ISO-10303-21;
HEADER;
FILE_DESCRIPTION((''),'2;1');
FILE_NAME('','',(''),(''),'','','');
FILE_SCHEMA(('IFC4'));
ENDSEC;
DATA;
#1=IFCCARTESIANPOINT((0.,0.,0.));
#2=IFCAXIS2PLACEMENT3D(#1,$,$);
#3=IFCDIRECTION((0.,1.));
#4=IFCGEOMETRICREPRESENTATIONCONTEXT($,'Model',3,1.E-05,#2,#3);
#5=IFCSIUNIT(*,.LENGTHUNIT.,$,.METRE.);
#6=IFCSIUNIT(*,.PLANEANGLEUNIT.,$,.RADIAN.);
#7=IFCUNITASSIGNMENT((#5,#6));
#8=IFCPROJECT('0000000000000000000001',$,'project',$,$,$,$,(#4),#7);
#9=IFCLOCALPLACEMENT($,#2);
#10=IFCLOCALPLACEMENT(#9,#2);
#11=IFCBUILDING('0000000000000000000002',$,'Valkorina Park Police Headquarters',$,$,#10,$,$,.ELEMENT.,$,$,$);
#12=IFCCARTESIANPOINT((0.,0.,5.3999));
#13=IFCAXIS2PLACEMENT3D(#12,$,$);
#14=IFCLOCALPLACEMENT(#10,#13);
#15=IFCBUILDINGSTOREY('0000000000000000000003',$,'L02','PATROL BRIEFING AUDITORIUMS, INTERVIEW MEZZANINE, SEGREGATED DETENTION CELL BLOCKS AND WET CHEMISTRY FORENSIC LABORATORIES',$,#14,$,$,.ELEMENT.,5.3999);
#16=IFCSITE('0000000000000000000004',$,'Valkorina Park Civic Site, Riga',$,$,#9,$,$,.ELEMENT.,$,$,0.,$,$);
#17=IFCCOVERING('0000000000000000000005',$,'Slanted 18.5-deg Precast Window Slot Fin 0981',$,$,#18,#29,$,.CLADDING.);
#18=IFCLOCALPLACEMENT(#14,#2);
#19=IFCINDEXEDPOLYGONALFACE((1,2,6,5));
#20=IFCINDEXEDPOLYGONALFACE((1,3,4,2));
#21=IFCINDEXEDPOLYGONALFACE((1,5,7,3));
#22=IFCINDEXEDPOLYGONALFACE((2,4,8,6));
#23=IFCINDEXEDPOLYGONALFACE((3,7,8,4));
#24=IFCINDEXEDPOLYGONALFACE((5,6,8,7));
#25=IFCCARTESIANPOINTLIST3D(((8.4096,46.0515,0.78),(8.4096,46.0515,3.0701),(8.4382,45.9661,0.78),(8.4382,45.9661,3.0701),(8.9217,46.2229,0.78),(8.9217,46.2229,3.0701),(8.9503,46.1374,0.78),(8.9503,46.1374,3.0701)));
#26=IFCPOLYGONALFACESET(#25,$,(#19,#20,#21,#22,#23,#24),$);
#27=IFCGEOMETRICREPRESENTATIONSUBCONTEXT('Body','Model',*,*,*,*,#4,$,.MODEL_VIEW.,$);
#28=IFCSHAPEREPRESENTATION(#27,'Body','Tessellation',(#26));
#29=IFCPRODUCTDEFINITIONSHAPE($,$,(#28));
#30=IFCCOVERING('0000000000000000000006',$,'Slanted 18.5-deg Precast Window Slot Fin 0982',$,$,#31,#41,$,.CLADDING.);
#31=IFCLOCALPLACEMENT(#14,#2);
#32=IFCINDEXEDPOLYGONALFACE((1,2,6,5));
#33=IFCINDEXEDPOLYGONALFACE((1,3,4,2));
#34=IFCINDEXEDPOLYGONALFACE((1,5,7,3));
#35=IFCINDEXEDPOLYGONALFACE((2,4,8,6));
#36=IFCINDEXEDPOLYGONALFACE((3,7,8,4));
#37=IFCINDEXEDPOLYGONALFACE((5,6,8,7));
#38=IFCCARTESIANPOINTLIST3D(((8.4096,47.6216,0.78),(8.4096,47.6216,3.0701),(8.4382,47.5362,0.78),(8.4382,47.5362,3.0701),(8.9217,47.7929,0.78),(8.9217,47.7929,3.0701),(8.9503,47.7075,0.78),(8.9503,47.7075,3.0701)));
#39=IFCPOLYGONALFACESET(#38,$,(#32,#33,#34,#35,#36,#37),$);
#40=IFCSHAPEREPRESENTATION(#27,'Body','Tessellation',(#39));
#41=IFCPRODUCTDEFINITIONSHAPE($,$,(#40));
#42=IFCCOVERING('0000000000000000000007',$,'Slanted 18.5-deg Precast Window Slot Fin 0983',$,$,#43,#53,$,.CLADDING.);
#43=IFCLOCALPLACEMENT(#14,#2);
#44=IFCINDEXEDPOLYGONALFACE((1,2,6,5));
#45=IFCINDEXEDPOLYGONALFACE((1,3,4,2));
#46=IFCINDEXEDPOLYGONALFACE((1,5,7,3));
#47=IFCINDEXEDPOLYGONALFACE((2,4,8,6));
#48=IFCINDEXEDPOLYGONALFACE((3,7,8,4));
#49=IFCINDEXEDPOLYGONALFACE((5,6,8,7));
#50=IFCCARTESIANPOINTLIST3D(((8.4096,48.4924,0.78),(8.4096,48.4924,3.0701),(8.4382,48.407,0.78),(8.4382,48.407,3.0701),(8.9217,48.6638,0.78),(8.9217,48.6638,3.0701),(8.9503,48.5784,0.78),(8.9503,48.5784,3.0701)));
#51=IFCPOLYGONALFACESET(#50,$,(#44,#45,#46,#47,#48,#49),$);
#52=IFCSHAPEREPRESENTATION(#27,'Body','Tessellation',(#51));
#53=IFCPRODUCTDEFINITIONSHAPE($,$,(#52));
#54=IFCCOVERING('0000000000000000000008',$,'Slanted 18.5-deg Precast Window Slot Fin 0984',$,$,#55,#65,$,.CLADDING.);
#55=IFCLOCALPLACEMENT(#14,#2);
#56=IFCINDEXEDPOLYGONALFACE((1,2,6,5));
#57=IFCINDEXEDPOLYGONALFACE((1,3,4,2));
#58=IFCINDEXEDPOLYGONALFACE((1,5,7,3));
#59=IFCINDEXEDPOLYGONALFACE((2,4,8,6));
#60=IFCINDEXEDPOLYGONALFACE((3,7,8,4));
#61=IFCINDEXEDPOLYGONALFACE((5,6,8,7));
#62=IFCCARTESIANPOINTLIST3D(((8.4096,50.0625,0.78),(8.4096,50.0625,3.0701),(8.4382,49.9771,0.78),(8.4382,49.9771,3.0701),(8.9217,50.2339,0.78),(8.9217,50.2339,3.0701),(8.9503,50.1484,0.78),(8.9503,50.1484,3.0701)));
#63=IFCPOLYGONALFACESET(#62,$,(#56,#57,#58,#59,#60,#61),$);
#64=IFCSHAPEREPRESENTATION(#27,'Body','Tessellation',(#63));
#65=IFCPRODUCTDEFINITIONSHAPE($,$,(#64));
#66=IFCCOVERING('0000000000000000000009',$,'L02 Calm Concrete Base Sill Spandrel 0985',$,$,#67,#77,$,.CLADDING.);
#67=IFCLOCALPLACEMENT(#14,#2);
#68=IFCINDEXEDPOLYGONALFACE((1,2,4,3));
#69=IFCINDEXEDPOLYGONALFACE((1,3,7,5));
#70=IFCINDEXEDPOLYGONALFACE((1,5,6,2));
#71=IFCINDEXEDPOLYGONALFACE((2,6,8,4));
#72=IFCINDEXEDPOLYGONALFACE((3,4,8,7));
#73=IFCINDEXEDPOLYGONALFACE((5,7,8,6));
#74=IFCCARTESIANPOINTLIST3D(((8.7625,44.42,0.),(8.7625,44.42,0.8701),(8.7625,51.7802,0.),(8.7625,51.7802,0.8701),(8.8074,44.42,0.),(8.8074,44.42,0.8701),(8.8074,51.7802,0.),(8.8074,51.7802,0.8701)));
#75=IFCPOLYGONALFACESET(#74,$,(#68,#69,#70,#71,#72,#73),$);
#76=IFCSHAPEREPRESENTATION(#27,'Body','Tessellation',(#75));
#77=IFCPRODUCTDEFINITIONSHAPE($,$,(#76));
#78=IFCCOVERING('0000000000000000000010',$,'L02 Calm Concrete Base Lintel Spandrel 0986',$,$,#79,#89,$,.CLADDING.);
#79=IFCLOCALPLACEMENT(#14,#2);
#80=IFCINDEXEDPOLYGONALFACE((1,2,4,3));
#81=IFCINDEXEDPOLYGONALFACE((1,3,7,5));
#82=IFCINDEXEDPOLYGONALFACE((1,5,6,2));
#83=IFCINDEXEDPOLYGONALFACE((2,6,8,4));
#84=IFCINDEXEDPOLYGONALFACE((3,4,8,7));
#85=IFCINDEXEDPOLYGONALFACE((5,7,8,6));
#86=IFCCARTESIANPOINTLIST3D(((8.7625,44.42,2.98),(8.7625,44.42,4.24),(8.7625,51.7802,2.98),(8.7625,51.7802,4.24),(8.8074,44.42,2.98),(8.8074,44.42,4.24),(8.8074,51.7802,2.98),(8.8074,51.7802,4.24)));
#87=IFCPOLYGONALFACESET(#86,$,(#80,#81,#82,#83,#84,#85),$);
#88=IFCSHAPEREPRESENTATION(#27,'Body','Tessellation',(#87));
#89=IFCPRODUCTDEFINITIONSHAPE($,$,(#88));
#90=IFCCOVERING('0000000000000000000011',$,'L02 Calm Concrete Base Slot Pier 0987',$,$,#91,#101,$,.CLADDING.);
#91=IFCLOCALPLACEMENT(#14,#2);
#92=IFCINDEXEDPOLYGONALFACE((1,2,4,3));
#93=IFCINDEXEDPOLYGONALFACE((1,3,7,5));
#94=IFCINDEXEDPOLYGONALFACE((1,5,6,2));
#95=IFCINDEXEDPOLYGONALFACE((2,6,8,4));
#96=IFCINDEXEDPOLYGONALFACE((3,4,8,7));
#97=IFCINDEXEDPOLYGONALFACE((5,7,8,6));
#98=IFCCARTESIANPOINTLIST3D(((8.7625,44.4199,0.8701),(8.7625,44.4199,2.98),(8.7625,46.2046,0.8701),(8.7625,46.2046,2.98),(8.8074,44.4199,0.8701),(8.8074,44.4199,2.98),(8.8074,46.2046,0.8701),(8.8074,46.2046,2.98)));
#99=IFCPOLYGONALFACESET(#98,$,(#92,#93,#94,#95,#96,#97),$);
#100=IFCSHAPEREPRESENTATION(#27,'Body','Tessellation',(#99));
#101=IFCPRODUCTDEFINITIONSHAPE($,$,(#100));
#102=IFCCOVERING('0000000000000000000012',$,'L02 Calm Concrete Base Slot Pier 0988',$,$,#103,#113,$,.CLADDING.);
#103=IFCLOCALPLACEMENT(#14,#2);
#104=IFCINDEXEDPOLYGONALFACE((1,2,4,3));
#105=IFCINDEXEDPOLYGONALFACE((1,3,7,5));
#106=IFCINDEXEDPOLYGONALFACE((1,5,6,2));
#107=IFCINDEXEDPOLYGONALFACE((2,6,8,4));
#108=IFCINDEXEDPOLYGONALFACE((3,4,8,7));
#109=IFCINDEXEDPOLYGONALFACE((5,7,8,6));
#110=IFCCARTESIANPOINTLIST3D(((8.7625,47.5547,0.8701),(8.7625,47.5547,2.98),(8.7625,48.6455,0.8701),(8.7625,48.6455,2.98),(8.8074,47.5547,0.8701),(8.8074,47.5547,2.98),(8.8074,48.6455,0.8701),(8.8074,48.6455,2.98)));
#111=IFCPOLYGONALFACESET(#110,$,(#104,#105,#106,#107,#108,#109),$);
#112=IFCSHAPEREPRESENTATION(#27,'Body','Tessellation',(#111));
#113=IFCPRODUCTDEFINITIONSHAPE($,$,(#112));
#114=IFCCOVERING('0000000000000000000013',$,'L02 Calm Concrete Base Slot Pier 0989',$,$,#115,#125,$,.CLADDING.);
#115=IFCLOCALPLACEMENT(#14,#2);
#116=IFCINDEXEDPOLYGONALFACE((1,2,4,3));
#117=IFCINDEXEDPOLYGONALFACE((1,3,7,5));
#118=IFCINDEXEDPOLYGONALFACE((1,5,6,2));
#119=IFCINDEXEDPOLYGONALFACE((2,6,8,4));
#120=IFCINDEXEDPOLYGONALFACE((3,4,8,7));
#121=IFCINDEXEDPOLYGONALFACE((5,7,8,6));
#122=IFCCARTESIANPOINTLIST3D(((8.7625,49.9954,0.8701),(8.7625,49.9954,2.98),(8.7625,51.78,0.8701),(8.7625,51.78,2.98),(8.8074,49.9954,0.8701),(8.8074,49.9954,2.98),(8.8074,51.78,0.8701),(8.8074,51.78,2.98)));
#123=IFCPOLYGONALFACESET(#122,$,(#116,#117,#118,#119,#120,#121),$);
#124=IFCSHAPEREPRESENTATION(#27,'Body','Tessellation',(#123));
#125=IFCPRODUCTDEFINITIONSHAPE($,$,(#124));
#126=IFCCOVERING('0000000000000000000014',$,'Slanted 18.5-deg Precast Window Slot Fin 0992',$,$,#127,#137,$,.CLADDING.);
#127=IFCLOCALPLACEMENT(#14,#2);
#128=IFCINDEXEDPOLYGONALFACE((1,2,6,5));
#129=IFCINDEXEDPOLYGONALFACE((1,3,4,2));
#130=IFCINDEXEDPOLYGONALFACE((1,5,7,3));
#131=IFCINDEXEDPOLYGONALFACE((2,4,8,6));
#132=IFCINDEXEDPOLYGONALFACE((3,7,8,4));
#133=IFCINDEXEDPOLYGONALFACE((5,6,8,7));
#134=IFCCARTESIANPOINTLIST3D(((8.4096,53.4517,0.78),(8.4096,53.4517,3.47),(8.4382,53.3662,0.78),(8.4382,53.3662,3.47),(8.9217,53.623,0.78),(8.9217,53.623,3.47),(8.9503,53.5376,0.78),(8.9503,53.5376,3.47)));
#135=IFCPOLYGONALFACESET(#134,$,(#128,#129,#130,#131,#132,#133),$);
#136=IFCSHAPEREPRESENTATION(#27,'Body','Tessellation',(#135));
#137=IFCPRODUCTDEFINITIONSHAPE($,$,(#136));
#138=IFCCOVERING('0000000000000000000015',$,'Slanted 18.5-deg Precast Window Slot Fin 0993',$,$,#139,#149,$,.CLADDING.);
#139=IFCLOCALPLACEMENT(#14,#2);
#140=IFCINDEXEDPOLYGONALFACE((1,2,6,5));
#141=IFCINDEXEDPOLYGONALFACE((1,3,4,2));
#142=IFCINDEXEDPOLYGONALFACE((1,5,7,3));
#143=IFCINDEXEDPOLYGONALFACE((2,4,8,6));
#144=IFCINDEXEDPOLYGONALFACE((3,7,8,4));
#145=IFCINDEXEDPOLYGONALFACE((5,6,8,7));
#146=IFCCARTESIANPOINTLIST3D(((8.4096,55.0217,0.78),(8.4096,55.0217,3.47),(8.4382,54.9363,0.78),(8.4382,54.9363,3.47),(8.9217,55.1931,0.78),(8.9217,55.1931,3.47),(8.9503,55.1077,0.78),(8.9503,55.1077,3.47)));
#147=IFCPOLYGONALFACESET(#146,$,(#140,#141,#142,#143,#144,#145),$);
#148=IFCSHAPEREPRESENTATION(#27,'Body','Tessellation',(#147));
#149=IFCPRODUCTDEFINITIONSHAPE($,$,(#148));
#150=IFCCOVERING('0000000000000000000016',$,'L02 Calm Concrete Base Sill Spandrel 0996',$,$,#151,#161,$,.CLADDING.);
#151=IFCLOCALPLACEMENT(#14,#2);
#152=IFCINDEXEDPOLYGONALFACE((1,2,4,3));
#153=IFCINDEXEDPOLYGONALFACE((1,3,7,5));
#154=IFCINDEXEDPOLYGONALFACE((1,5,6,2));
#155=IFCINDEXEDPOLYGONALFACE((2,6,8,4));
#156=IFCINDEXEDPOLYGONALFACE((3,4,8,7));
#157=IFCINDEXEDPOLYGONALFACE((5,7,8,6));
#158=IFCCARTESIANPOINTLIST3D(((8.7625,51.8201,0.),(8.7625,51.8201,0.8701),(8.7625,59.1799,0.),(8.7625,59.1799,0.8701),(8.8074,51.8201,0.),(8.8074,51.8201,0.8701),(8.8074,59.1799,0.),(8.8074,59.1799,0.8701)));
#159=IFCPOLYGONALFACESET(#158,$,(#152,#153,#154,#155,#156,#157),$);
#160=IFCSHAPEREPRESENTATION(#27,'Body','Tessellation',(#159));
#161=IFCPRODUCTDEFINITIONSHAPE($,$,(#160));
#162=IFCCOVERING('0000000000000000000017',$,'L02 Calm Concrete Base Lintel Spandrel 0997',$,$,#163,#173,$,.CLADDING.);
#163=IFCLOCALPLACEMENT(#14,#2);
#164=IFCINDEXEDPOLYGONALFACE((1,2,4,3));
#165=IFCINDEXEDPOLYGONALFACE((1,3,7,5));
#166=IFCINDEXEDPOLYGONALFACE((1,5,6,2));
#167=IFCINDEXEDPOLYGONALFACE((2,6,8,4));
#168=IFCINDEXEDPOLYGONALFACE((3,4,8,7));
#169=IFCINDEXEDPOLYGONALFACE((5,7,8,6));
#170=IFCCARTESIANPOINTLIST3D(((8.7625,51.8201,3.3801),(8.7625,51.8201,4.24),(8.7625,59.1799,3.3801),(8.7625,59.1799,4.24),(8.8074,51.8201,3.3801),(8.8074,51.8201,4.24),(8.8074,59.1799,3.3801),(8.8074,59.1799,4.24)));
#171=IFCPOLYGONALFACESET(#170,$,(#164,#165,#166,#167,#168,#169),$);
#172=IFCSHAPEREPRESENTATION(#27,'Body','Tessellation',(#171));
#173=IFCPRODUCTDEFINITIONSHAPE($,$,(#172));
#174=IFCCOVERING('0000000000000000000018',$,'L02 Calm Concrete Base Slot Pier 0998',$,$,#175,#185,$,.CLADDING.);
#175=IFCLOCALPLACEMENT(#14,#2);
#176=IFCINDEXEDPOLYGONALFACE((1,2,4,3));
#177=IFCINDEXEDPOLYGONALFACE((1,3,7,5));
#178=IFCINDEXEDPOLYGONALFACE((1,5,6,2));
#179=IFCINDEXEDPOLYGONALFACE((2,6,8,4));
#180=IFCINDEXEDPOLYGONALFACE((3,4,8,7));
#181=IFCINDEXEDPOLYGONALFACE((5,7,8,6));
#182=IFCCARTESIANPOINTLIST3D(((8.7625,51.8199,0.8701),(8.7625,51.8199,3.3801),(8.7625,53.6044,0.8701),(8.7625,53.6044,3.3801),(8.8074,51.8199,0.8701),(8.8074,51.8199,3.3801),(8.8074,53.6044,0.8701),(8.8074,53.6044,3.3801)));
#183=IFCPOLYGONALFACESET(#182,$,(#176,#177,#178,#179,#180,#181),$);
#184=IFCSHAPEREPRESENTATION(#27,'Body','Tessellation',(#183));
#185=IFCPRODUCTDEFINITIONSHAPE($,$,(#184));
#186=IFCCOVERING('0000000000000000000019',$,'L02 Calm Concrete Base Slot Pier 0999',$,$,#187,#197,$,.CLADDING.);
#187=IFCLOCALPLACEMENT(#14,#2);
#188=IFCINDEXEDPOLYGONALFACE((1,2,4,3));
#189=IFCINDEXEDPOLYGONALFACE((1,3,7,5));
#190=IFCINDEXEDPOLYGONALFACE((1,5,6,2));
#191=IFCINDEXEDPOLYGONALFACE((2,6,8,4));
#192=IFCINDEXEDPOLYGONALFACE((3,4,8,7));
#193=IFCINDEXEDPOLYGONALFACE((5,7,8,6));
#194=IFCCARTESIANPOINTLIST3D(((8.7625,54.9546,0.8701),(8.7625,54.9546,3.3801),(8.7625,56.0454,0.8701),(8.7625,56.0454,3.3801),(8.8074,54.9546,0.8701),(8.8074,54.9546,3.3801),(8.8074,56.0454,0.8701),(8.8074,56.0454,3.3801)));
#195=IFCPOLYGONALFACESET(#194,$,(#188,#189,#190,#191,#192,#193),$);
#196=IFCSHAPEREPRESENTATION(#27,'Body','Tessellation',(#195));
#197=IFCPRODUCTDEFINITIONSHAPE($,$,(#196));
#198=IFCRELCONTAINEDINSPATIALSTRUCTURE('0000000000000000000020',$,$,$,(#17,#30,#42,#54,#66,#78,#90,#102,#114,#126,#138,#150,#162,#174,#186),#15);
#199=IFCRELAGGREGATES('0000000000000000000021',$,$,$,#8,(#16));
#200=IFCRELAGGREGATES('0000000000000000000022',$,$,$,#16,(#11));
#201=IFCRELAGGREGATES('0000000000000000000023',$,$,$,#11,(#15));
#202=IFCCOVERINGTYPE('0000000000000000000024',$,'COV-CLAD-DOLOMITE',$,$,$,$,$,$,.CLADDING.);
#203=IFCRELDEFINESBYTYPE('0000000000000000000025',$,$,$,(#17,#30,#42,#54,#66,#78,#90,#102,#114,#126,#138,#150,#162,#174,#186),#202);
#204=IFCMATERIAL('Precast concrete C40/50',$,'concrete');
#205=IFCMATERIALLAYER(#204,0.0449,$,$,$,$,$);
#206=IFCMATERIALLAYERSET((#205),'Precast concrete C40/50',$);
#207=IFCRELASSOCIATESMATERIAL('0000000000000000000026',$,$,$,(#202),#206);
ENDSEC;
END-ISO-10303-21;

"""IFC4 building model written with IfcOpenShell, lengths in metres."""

from ifc_helpers import new_model, si_unit, direction, frame, frame_2d, origin, origin_2d, place, context, subcontext, project, spatial, rectangle, extrude, material, layer, layer_set, type_object, element, save


model = new_model("IFC4")

# Units and contexts
model_context = context("Model", 3, precision=1e-05, world=origin(), true_north=direction((0.0, 1.0)))
body_context = subcontext(model_context, "Body", "Model", "MODEL_VIEW")
ifc_project = project(units=[si_unit("LENGTHUNIT", "METRE"), si_unit("PLANEANGLEUNIT", "RADIAN")], contexts=[model_context])

# Site, building, storey
site_placement = place(None, origin())
site = spatial("IfcSite", under=ifc_project, at=site_placement, Name="Valkorina Park Civic Site, Riga", CompositionType="ELEMENT", RefElevation=0.0)
building_placement = place(site_placement, origin())
building = spatial("IfcBuilding", under=site, at=building_placement, Name="Valkorina Park Police Headquarters", CompositionType="ELEMENT")
storey_placement = place(building_placement, frame((0.0, 0.0, 5.3999)))
storey = spatial("IfcBuildingStorey", under=building, at=storey_placement, Name="L02", Description="PATROL BRIEFING AUDITORIUMS, INTERVIEW MEZZANINE, SEGREGATED DETENTION CELL BLOCKS AND WET CHEMISTRY FORENSIC LABORATORIES", CompositionType="ELEMENT", Elevation=5.3999)

# Coverings
ifc_material_1 = material(Name="Precast concrete C40/50", Category="concrete")
ifc_layer = layer(ifc_material_1, 0.0449)
ifc_layer_set = layer_set([ifc_layer], Name="Precast concrete C40/50")
covering_type = type_object("IfcCoveringType", Name="COV-CLAD-DOLOMITE", PredefinedType="CLADDING", material=ifc_layer_set)
for number, where, z_axis, x_axis, name in (
    (1, (8.6799, 46.0945, 0.78), (0.0, 0.0, 1.0), (-0.948324, -0.317305, 0.0), "Slanted 18.5-deg Precast Window Slot Fin 0981"),
    (2, (8.6799, 47.6646, 0.78), (0.0, 0.0, 1.0), (-0.948324, -0.317305, 0.0), "Slanted 18.5-deg Precast Window Slot Fin 0982"),
    (3, (8.6799, 48.5354, 0.78), (0.0, 0.0, 1.0), (-0.948324, -0.317305, 0.0), "Slanted 18.5-deg Precast Window Slot Fin 0983"),
    (4, (8.6799, 50.1055, 0.78), (0.0, 0.0, 1.0), (-0.948324, -0.317305, 0.0), "Slanted 18.5-deg Precast Window Slot Fin 0984"),
):
    element("IfcCovering", number, at=place(storey_placement, frame(where, z_axis=z_axis, x_axis=x_axis)), inside=storey, type_object=covering_type, Name=name, PredefinedType="CLADDING", context=body_context, shape_type="SweptSolid", body=[
        extrude(rectangle(XDim=0.54, YDim=0.0901, at=origin_2d()), origin(), (0.0, 0.0, 1.0), 2.29),
    ])
covering_1_placement = place(storey_placement, frame((8.7849, 44.4199, 0.0), z_axis=(0.0, 0.0, 1.0), x_axis=(0.0, 1.0, 0.0)))
element("IfcCovering", 5, at=covering_1_placement, inside=storey, type_object=covering_type, Name="L02 Calm Concrete Base Sill Spandrel 0985", PredefinedType="CLADDING", context=body_context, shape_type="SweptSolid", body=[
    extrude(rectangle(XDim=7.3601, YDim=0.0449, at=frame_2d((3.6802, 0.0))), origin(), (0.0, 0.0, 1.0), 0.8701),
])
covering_2_placement = place(storey_placement, frame((8.7849, 44.4199, 2.98), z_axis=(0.0, 0.0, 1.0), x_axis=(0.0, 1.0, 0.0)))
element("IfcCovering", 6, at=covering_2_placement, inside=storey, type_object=covering_type, Name="L02 Calm Concrete Base Lintel Spandrel 0986", PredefinedType="CLADDING", context=body_context, shape_type="SweptSolid", body=[
    extrude(rectangle(XDim=7.3601, YDim=0.0449, at=frame_2d((3.6802, 0.0))), origin(), (0.0, 0.0, 1.0), 1.26),
])
covering_3_placement = place(storey_placement, frame((8.7849, 44.4199, 0.8701), z_axis=(0.0, 0.0, 1.0), x_axis=(0.0, 1.0, 0.0)))
element("IfcCovering", 7, at=covering_3_placement, inside=storey, type_object=covering_type, Name="L02 Calm Concrete Base Slot Pier 0987", PredefinedType="CLADDING", context=body_context, shape_type="SweptSolid", body=[
    extrude(rectangle(XDim=1.7847, YDim=0.0449, at=frame_2d((0.8923, 0.0))), origin(), (0.0, 0.0, 1.0), 2.1099),
])
covering_4_placement = place(storey_placement, frame((8.7849, 47.5547, 0.8701), z_axis=(0.0, 0.0, 1.0), x_axis=(0.0, 1.0, 0.0)))
element("IfcCovering", 8, at=covering_4_placement, inside=storey, type_object=covering_type, Name="L02 Calm Concrete Base Slot Pier 0988", PredefinedType="CLADDING", context=body_context, shape_type="SweptSolid", body=[
    extrude(rectangle(XDim=1.0908, YDim=0.0449, at=frame_2d((0.5454, 0.0))), origin(), (0.0, 0.0, 1.0), 2.1099),
])
covering_5_placement = place(storey_placement, frame((8.7849, 49.9954, 0.8701), z_axis=(0.0, 0.0, 1.0), x_axis=(0.0, 1.0, 0.0)))
element("IfcCovering", 9, at=covering_5_placement, inside=storey, type_object=covering_type, Name="L02 Calm Concrete Base Slot Pier 0989", PredefinedType="CLADDING", context=body_context, shape_type="SweptSolid", body=[
    extrude(rectangle(XDim=1.7847, YDim=0.0449, at=frame_2d((0.8923, 0.0))), origin(), (0.0, 0.0, 1.0), 2.1099),
])
for number, where, z_axis, x_axis, name in (
    (10, (8.6799, 53.4946, 0.78), (0.0, 0.0, 1.0), (-0.948324, -0.317305, 0.0), "Slanted 18.5-deg Precast Window Slot Fin 0992"),
    (11, (8.6799, 55.0647, 0.78), (0.0, 0.0, 1.0), (-0.948324, -0.317305, 0.0), "Slanted 18.5-deg Precast Window Slot Fin 0993"),
):
    element("IfcCovering", number, at=place(storey_placement, frame(where, z_axis=z_axis, x_axis=x_axis)), inside=storey, type_object=covering_type, Name=name, PredefinedType="CLADDING", context=body_context, shape_type="SweptSolid", body=[
        extrude(rectangle(XDim=0.54, YDim=0.0901, at=origin_2d()), origin(), (0.0, 0.0, 1.0), 2.6899),
    ])
covering_6_placement = place(storey_placement, frame((8.7849, 51.8201, 0.0), z_axis=(0.0, 0.0, 1.0), x_axis=(0.0, 1.0, 0.0)))
element("IfcCovering", 12, at=covering_6_placement, inside=storey, type_object=covering_type, Name="L02 Calm Concrete Base Sill Spandrel 0996", PredefinedType="CLADDING", context=body_context, shape_type="SweptSolid", body=[
    extrude(rectangle(XDim=7.3599, YDim=0.0449, at=frame_2d((3.6799, 0.0))), origin(), (0.0, 0.0, 1.0), 0.8701),
])
covering_7_placement = place(storey_placement, frame((8.7849, 51.8201, 3.3801), z_axis=(0.0, 0.0, 1.0), x_axis=(0.0, 1.0, 0.0)))
element("IfcCovering", 13, at=covering_7_placement, inside=storey, type_object=covering_type, Name="L02 Calm Concrete Base Lintel Spandrel 0997", PredefinedType="CLADDING", context=body_context, shape_type="SweptSolid", body=[
    extrude(rectangle(XDim=7.3599, YDim=0.0449, at=frame_2d((3.6799, 0.0))), origin(), (0.0, 0.0, 1.0), 0.8599),
])
covering_8_placement = place(storey_placement, frame((8.7849, 51.8201, 0.8701), z_axis=(0.0, 0.0, 1.0), x_axis=(0.0, 1.0, 0.0)))
element("IfcCovering", 14, at=covering_8_placement, inside=storey, type_object=covering_type, Name="L02 Calm Concrete Base Slot Pier 0998", PredefinedType="CLADDING", context=body_context, shape_type="SweptSolid", body=[
    extrude(rectangle(XDim=1.7844, YDim=0.0449, at=frame_2d((0.8921, 0.0))), origin(), (0.0, 0.0, 1.0), 2.51),
])
covering_9_placement = place(storey_placement, frame((8.7849, 54.9546, 0.8701), z_axis=(0.0, 0.0, 1.0), x_axis=(0.0, 1.0, 0.0)))
element("IfcCovering", 15, at=covering_9_placement, inside=storey, type_object=covering_type, Name="L02 Calm Concrete Base Slot Pier 0999", PredefinedType="CLADDING", context=body_context, shape_type="SweptSolid", body=[
    extrude(rectangle(XDim=1.0908, YDim=0.0449, at=frame_2d((0.5454, 0.0))), origin(), (0.0, 0.0, 1.0), 2.51),
])

save(model, "model.ifc")
